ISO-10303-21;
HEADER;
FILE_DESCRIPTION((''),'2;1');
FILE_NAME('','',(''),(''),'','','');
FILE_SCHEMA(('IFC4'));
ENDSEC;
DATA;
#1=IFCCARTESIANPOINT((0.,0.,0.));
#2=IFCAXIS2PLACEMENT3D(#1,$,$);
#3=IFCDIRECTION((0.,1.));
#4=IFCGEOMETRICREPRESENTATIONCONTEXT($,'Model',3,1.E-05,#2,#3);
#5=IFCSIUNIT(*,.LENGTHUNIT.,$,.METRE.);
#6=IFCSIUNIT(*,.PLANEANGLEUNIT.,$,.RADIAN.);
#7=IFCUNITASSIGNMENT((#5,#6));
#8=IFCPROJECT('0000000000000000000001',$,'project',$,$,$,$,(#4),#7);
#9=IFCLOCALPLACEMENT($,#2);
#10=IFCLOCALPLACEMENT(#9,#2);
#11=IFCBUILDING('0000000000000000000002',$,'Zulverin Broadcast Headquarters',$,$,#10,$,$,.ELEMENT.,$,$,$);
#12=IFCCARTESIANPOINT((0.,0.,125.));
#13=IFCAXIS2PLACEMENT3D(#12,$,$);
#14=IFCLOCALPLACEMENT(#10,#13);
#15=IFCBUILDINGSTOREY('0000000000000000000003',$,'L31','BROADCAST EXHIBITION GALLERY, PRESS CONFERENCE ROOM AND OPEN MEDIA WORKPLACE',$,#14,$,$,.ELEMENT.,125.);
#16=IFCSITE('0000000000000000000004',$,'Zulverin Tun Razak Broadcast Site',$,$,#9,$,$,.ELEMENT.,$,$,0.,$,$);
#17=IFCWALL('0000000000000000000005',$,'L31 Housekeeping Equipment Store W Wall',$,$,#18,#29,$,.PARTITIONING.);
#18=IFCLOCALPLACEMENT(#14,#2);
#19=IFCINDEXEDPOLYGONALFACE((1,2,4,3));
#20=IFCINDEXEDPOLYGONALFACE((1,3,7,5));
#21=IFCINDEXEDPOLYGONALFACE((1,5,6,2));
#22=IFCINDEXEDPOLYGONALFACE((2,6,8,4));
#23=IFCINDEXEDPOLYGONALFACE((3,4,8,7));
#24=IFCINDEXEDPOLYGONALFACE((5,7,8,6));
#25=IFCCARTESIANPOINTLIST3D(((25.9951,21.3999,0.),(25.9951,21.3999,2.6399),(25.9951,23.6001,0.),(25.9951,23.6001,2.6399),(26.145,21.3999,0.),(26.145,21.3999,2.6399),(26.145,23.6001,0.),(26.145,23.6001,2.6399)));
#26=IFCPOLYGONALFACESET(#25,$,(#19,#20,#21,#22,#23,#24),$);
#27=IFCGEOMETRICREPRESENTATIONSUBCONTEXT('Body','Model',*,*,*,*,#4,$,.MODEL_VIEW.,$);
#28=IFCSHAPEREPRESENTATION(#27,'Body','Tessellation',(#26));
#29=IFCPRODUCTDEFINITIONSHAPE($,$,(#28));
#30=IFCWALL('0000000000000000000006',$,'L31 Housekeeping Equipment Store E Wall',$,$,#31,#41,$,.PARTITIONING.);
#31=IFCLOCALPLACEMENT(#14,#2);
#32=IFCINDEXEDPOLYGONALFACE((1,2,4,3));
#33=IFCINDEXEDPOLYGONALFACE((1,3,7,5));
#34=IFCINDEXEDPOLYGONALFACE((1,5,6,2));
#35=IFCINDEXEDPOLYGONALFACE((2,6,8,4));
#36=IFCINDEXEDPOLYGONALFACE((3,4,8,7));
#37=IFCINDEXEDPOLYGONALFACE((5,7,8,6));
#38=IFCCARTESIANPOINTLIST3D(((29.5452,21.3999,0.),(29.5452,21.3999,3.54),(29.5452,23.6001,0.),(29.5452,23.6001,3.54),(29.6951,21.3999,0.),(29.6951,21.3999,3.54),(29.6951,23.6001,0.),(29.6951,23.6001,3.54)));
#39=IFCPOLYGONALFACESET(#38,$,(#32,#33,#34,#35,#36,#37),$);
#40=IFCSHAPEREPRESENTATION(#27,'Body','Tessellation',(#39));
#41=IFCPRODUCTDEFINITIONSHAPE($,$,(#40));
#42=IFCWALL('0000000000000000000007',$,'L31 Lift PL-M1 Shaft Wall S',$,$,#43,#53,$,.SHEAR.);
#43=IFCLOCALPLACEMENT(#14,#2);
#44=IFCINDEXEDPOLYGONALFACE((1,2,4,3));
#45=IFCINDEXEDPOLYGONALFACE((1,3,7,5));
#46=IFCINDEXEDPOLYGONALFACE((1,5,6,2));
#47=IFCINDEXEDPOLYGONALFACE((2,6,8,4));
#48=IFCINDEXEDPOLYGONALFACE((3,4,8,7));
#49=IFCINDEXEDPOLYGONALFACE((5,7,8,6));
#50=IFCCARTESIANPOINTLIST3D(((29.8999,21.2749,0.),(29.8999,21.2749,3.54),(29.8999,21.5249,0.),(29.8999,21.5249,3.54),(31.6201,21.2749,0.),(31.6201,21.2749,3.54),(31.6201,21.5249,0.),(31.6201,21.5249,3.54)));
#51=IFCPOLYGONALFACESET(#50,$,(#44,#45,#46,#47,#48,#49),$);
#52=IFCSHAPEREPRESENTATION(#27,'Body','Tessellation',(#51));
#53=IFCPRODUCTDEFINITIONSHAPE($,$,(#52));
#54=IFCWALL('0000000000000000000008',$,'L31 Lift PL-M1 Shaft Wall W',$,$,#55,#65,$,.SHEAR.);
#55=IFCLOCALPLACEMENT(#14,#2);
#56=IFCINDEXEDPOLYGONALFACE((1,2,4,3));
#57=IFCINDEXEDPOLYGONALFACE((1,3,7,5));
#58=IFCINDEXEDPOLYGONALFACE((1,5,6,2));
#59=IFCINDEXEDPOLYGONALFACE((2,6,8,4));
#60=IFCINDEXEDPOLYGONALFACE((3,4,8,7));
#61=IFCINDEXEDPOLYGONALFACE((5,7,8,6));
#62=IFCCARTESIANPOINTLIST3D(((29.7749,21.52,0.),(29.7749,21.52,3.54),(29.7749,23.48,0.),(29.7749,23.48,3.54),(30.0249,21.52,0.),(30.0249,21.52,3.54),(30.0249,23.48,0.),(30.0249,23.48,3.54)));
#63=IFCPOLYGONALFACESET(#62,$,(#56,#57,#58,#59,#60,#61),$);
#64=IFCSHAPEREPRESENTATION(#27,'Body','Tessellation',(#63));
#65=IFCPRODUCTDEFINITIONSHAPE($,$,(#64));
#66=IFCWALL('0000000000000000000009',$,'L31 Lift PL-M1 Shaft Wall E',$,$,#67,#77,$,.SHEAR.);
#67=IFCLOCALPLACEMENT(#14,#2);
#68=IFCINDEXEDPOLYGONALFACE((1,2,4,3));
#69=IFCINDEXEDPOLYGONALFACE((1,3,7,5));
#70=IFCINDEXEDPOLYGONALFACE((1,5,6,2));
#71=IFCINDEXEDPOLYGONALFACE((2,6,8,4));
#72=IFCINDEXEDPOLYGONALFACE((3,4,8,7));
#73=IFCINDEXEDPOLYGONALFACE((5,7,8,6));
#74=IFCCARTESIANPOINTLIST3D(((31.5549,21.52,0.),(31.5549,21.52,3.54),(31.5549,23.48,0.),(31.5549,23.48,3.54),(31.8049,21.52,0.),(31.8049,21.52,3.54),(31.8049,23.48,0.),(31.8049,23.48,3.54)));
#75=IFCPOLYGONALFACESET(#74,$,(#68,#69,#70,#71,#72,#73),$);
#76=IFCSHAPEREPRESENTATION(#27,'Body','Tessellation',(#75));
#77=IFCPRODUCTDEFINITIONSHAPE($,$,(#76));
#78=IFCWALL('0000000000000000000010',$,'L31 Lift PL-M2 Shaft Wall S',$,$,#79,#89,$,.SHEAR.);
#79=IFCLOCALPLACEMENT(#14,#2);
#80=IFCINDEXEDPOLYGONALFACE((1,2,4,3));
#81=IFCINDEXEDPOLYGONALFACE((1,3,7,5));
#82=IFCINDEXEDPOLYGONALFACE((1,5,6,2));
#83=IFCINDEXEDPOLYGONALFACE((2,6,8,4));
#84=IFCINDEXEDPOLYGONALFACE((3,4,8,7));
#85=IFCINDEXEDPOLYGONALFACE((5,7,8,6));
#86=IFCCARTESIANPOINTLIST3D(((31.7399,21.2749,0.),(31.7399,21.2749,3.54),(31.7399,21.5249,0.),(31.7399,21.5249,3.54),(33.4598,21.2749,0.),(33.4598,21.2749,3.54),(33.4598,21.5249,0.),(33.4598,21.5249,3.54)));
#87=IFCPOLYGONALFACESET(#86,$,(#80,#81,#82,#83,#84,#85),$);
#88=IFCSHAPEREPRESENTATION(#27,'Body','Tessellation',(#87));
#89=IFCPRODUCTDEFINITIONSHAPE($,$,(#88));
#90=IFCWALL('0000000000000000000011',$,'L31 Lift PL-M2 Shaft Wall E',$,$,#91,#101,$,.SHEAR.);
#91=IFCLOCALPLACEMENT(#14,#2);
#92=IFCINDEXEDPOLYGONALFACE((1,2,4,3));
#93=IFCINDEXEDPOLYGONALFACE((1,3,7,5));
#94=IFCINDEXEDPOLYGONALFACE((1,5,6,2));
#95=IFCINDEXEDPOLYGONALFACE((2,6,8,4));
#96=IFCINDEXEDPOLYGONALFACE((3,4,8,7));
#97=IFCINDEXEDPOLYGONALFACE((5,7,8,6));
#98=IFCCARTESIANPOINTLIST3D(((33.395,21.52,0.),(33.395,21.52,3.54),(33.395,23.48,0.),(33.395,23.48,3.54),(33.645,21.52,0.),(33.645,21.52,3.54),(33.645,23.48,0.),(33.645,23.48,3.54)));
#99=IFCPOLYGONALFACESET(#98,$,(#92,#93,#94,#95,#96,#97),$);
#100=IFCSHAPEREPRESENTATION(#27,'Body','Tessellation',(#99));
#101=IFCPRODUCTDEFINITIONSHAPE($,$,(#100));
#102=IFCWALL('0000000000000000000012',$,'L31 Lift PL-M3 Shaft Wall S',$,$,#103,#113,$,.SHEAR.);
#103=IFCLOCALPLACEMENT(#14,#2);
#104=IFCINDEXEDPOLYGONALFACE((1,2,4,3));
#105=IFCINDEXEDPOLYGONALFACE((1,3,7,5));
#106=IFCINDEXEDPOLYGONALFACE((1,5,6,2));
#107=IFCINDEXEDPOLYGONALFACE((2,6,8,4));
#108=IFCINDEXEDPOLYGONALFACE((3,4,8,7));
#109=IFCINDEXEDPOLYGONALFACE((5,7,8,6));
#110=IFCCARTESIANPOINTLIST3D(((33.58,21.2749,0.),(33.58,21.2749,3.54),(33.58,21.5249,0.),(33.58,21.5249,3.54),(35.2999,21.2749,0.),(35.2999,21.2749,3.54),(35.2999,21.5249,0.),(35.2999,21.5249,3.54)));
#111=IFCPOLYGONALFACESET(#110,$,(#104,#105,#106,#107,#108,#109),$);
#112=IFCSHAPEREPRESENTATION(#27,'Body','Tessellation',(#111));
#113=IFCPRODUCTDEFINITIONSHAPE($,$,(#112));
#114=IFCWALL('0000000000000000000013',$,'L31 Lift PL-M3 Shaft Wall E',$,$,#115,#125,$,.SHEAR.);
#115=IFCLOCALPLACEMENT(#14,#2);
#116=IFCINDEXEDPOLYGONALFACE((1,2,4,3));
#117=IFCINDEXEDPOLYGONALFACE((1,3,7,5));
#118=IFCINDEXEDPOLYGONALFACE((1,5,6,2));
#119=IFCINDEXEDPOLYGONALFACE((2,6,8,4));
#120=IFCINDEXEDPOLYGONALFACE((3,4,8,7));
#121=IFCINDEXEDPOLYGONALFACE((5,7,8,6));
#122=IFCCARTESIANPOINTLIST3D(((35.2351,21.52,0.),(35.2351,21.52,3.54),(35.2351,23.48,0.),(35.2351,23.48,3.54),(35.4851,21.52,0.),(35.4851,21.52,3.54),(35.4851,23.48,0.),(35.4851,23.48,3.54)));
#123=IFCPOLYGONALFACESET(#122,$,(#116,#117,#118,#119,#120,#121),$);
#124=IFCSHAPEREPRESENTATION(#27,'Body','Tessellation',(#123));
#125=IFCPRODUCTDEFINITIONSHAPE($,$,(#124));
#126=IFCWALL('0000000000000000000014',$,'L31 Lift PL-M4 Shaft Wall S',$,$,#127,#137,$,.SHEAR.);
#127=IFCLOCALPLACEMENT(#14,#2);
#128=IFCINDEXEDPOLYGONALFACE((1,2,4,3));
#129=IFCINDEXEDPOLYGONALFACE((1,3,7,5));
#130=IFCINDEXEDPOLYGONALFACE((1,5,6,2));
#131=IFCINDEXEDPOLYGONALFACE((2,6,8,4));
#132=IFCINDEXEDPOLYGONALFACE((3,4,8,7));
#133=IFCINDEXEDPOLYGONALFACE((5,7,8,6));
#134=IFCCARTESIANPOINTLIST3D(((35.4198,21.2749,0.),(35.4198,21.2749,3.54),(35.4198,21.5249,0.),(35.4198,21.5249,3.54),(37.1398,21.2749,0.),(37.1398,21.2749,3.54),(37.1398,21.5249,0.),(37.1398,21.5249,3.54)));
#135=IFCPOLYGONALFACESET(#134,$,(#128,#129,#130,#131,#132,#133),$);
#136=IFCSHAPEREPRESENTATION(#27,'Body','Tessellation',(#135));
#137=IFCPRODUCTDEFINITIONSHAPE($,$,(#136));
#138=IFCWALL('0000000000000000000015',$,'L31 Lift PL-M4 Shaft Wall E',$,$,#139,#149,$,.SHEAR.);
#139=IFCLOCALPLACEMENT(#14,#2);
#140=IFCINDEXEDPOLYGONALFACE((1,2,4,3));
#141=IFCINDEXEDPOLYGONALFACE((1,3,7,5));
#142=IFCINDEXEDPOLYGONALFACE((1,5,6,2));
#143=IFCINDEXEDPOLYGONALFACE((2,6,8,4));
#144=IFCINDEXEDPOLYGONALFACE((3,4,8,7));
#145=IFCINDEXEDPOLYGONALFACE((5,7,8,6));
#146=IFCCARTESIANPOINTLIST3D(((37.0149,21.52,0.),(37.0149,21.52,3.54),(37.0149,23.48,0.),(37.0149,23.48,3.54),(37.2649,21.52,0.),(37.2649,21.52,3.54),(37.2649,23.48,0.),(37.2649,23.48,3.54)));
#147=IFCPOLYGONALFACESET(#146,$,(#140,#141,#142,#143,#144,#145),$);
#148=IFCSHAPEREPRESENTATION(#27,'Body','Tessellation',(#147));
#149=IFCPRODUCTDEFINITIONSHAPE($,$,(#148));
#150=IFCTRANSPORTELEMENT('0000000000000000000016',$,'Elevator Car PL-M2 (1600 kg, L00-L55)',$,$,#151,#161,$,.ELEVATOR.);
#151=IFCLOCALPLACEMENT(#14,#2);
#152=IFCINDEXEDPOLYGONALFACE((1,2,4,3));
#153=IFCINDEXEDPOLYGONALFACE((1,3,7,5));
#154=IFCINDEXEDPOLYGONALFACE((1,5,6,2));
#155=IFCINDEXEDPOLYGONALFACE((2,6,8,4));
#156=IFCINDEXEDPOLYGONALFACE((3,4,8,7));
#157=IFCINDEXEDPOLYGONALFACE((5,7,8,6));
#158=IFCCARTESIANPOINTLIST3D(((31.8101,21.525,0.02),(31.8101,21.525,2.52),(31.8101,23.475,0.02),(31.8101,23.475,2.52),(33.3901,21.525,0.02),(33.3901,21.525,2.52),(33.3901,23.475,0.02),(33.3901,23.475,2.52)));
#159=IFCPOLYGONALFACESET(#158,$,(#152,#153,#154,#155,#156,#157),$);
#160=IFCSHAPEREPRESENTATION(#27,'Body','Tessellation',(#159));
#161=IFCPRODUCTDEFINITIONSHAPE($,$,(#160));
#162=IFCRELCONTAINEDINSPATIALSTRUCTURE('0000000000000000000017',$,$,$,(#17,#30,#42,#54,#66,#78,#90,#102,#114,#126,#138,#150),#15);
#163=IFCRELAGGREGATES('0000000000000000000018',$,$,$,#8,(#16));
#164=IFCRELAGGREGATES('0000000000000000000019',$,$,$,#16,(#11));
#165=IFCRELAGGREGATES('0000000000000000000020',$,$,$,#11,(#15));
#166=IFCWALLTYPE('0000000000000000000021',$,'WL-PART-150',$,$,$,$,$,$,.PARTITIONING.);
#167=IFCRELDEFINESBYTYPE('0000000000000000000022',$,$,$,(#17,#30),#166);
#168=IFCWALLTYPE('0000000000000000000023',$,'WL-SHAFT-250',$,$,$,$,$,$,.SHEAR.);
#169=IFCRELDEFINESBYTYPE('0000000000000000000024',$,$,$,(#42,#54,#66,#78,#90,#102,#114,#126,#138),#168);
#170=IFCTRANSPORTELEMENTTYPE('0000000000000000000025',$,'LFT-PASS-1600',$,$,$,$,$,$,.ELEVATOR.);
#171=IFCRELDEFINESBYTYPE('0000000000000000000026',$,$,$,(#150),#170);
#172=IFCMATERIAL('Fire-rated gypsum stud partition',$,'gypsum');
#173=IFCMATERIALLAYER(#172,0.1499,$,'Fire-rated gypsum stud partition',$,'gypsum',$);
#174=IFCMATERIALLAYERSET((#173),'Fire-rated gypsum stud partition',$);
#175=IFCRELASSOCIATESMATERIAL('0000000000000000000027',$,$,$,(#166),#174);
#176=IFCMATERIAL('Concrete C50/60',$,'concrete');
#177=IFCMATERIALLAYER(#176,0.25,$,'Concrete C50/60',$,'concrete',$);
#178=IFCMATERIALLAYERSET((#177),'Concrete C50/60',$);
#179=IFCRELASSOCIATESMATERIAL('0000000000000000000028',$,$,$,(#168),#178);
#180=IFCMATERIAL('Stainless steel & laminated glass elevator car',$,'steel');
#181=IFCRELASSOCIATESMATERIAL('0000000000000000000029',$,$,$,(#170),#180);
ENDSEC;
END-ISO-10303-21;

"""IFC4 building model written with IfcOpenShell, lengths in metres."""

from ifc_helpers import new_model, si_unit, direction, frame, frame_2d, origin, origin_2d, place, context, subcontext, project, spatial, rectangle, extrude, material, layer, layer_set, type_object, element, save


model = new_model("IFC4")

# Units and contexts
model_context = context("Model", 3, precision=1e-05, world=origin(), true_north=direction((0.0, 1.0)))
body_context = subcontext(model_context, "Body", "Model", "MODEL_VIEW")
ifc_project = project(units=[si_unit("LENGTHUNIT", "METRE"), si_unit("PLANEANGLEUNIT", "RADIAN")], contexts=[model_context])

# Site, building, storey
site_placement = place(None, origin())
site = spatial("IfcSite", under=ifc_project, at=site_placement, Name="Zulverin Tun Razak Broadcast Site", CompositionType="ELEMENT", RefElevation=0.0)
building_placement = place(site_placement, origin())
building = spatial("IfcBuilding", under=site, at=building_placement, Name="Zulverin Broadcast Headquarters", CompositionType="ELEMENT")
storey_placement = place(building_placement, frame((0.0, 0.0, 125.0)))
storey = spatial("IfcBuildingStorey", under=building, at=storey_placement, Name="L31", Description="BROADCAST EXHIBITION GALLERY, PRESS CONFERENCE ROOM AND OPEN MEDIA WORKPLACE", CompositionType="ELEMENT", Elevation=125.0)

# Shared definitions
ifc_material_1 = material(Name="Concrete C50/60", Category="concrete")

# Shared definitions
ifc_material_2 = material(Name="Fire-rated gypsum stud partition", Category="gypsum")
ifc_layer_1 = layer(ifc_material_2, 0.1499, Name="Fire-rated gypsum stud partition", Category="gypsum")
ifc_layer_set_1 = layer_set([ifc_layer_1], Name="Fire-rated gypsum stud partition")
wall_type_1 = type_object("IfcWallType", Name="WL-PART-150", PredefinedType="PARTITIONING", material=ifc_layer_set_1)

# Walls
wall_1_placement = place(storey_placement, frame((26.0701, 21.3999, 0.0), z_axis=(0.0, 0.0, 1.0), x_axis=(0.0, 1.0, 0.0)))
element("IfcWall", 1, at=wall_1_placement, inside=storey, type_object=wall_type_1, Name="L31 Housekeeping Equipment Store W Wall", PredefinedType="PARTITIONING", context=body_context, shape_type="SweptSolid", body=[
    extrude(rectangle(XDim=2.2002, YDim=0.1499, at=frame_2d((1.1001, 0.0))), origin(), (0.0, 0.0, 1.0), 2.6399),
])
wall_2_placement = place(storey_placement, frame((29.6201, 21.3999, 0.0), z_axis=(0.0, 0.0, 1.0), x_axis=(0.0, 1.0, 0.0)))
element("IfcWall", 2, at=wall_2_placement, inside=storey, type_object=wall_type_1, Name="L31 Housekeeping Equipment Store E Wall", PredefinedType="PARTITIONING", context=body_context, shape_type="SweptSolid", body=[
    extrude(rectangle(XDim=2.2002, YDim=0.1499, at=frame_2d((1.1001, 0.0))), origin(), (0.0, 0.0, 1.0), 3.54),
])
ifc_layer_2 = layer(ifc_material_1, 0.25, Name="Concrete C50/60", Category="concrete")
ifc_layer_set_2 = layer_set([ifc_layer_2], Name="Concrete C50/60")
wall_type_2 = type_object("IfcWallType", Name="WL-SHAFT-250", PredefinedType="SHEAR", material=ifc_layer_set_2)
wall_3_placement = place(storey_placement, frame((29.8999, 21.3999, 0.0), z_axis=(0.0, 0.0, 1.0), x_axis=(1.0, 0.0, 0.0)))
element("IfcWall", 3, at=wall_3_placement, inside=storey, type_object=wall_type_2, Name="L31 Lift PL-M1 Shaft Wall S", PredefinedType="SHEAR", context=body_context, shape_type="SweptSolid", body=[
    extrude(rectangle(XDim=1.7202, YDim=0.25, at=frame_2d((0.8601, 0.0))), origin(), (0.0, 0.0, 1.0), 3.54),
])

# Walls
for number, where, z_axis, x_axis, name in (
    (4, (29.8999, 21.52, 0.0), (0.0, 0.0, 1.0), (0.0, 1.0, 0.0), "L31 Lift PL-M1 Shaft Wall W"),
    (5, (31.6799, 21.52, 0.0), (0.0, 0.0, 1.0), (0.0, 1.0, 0.0), "L31 Lift PL-M1 Shaft Wall E"),
):
    element("IfcWall", number, at=place(storey_placement, frame(where, z_axis=z_axis, x_axis=x_axis)), inside=storey, type_object=wall_type_2, Name=name, PredefinedType="SHEAR", context=body_context, shape_type="SweptSolid", body=[
        extrude(rectangle(XDim=1.96, YDim=0.25, at=frame_2d((0.98, 0.0))), origin(), (0.0, 0.0, 1.0), 3.54),
    ])
wall_4_placement = place(storey_placement, frame((31.74, 21.3999, 0.0), z_axis=(0.0, 0.0, 1.0), x_axis=(1.0, 0.0, 0.0)))
element("IfcWall", 6, at=wall_4_placement, inside=storey, type_object=wall_type_2, Name="L31 Lift PL-M2 Shaft Wall S", PredefinedType="SHEAR", context=body_context, shape_type="SweptSolid", body=[
    extrude(rectangle(XDim=1.72, YDim=0.25, at=frame_2d((0.8599, 0.0))), origin(), (0.0, 0.0, 1.0), 3.54),
])

# Walls
wall_5_placement = place(storey_placement, frame((33.52, 21.52, 0.0), z_axis=(0.0, 0.0, 1.0), x_axis=(0.0, 1.0, 0.0)))
element("IfcWall", 7, at=wall_5_placement, inside=storey, type_object=wall_type_2, Name="L31 Lift PL-M2 Shaft Wall E", PredefinedType="SHEAR", context=body_context, shape_type="SweptSolid", body=[
    extrude(rectangle(XDim=1.96, YDim=0.25, at=frame_2d((0.98, 0.0))), origin(), (0.0, 0.0, 1.0), 3.54),
])
wall_6_placement = place(storey_placement, frame((33.5801, 21.3999, 0.0), z_axis=(0.0, 0.0, 1.0), x_axis=(1.0, 0.0, 0.0)))
element("IfcWall", 8, at=wall_6_placement, inside=storey, type_object=wall_type_2, Name="L31 Lift PL-M3 Shaft Wall S", PredefinedType="SHEAR", context=body_context, shape_type="SweptSolid", body=[
    extrude(rectangle(XDim=1.72, YDim=0.25, at=frame_2d((0.8599, 0.0))), origin(), (0.0, 0.0, 1.0), 3.54),
])

# Walls
wall_7_placement = place(storey_placement, frame((35.3601, 21.52, 0.0), z_axis=(0.0, 0.0, 1.0), x_axis=(0.0, 1.0, 0.0)))
element("IfcWall", 9, at=wall_7_placement, inside=storey, type_object=wall_type_2, Name="L31 Lift PL-M3 Shaft Wall E", PredefinedType="SHEAR", context=body_context, shape_type="SweptSolid", body=[
    extrude(rectangle(XDim=1.96, YDim=0.25, at=frame_2d((0.98, 0.0))), origin(), (0.0, 0.0, 1.0), 3.54),
])
wall_8_placement = place(storey_placement, frame((35.4199, 21.3999, 0.0), z_axis=(0.0, 0.0, 1.0), x_axis=(1.0, 0.0, 0.0)))
element("IfcWall", 10, at=wall_8_placement, inside=storey, type_object=wall_type_2, Name="L31 Lift PL-M4 Shaft Wall S", PredefinedType="SHEAR", context=body_context, shape_type="SweptSolid", body=[
    extrude(rectangle(XDim=1.72, YDim=0.25, at=frame_2d((0.8599, 0.0))), origin(), (0.0, 0.0, 1.0), 3.54),
])
wall_9_placement = place(storey_placement, frame((37.1399, 21.52, 0.0), z_axis=(0.0, 0.0, 1.0), x_axis=(0.0, 1.0, 0.0)))
element("IfcWall", 11, at=wall_9_placement, inside=storey, type_object=wall_type_2, Name="L31 Lift PL-M4 Shaft Wall E", PredefinedType="SHEAR", context=body_context, shape_type="SweptSolid", body=[
    extrude(rectangle(XDim=1.96, YDim=0.25, at=frame_2d((0.98, 0.0))), origin(), (0.0, 0.0, 1.0), 3.54),
])

# Transport element
ifc_material_3 = material(Name="Stainless steel & laminated glass elevator car", Category="steel")
transport_element_type = type_object("IfcTransportElementType", Name="LFT-PASS-1600", PredefinedType="ELEVATOR", material=ifc_material_3)
transport_element_placement = place(storey_placement, frame((32.6001, 22.5, 0.02), z_axis=(0.0, 0.0, 1.0), x_axis=(1.0, 0.0, 0.0)))
element("IfcTransportElement", 12, at=transport_element_placement, inside=storey, type_object=transport_element_type, Name="Elevator Car PL-M2 (1600 kg, L00-L55)", PredefinedType="ELEVATOR", context=body_context, shape_type="SweptSolid", body=[
    extrude(rectangle(XDim=1.5801, YDim=1.95, at=origin_2d()), origin(), (0.0, 0.0, 1.0), 2.5),
])

save(model, "model.ifc")
